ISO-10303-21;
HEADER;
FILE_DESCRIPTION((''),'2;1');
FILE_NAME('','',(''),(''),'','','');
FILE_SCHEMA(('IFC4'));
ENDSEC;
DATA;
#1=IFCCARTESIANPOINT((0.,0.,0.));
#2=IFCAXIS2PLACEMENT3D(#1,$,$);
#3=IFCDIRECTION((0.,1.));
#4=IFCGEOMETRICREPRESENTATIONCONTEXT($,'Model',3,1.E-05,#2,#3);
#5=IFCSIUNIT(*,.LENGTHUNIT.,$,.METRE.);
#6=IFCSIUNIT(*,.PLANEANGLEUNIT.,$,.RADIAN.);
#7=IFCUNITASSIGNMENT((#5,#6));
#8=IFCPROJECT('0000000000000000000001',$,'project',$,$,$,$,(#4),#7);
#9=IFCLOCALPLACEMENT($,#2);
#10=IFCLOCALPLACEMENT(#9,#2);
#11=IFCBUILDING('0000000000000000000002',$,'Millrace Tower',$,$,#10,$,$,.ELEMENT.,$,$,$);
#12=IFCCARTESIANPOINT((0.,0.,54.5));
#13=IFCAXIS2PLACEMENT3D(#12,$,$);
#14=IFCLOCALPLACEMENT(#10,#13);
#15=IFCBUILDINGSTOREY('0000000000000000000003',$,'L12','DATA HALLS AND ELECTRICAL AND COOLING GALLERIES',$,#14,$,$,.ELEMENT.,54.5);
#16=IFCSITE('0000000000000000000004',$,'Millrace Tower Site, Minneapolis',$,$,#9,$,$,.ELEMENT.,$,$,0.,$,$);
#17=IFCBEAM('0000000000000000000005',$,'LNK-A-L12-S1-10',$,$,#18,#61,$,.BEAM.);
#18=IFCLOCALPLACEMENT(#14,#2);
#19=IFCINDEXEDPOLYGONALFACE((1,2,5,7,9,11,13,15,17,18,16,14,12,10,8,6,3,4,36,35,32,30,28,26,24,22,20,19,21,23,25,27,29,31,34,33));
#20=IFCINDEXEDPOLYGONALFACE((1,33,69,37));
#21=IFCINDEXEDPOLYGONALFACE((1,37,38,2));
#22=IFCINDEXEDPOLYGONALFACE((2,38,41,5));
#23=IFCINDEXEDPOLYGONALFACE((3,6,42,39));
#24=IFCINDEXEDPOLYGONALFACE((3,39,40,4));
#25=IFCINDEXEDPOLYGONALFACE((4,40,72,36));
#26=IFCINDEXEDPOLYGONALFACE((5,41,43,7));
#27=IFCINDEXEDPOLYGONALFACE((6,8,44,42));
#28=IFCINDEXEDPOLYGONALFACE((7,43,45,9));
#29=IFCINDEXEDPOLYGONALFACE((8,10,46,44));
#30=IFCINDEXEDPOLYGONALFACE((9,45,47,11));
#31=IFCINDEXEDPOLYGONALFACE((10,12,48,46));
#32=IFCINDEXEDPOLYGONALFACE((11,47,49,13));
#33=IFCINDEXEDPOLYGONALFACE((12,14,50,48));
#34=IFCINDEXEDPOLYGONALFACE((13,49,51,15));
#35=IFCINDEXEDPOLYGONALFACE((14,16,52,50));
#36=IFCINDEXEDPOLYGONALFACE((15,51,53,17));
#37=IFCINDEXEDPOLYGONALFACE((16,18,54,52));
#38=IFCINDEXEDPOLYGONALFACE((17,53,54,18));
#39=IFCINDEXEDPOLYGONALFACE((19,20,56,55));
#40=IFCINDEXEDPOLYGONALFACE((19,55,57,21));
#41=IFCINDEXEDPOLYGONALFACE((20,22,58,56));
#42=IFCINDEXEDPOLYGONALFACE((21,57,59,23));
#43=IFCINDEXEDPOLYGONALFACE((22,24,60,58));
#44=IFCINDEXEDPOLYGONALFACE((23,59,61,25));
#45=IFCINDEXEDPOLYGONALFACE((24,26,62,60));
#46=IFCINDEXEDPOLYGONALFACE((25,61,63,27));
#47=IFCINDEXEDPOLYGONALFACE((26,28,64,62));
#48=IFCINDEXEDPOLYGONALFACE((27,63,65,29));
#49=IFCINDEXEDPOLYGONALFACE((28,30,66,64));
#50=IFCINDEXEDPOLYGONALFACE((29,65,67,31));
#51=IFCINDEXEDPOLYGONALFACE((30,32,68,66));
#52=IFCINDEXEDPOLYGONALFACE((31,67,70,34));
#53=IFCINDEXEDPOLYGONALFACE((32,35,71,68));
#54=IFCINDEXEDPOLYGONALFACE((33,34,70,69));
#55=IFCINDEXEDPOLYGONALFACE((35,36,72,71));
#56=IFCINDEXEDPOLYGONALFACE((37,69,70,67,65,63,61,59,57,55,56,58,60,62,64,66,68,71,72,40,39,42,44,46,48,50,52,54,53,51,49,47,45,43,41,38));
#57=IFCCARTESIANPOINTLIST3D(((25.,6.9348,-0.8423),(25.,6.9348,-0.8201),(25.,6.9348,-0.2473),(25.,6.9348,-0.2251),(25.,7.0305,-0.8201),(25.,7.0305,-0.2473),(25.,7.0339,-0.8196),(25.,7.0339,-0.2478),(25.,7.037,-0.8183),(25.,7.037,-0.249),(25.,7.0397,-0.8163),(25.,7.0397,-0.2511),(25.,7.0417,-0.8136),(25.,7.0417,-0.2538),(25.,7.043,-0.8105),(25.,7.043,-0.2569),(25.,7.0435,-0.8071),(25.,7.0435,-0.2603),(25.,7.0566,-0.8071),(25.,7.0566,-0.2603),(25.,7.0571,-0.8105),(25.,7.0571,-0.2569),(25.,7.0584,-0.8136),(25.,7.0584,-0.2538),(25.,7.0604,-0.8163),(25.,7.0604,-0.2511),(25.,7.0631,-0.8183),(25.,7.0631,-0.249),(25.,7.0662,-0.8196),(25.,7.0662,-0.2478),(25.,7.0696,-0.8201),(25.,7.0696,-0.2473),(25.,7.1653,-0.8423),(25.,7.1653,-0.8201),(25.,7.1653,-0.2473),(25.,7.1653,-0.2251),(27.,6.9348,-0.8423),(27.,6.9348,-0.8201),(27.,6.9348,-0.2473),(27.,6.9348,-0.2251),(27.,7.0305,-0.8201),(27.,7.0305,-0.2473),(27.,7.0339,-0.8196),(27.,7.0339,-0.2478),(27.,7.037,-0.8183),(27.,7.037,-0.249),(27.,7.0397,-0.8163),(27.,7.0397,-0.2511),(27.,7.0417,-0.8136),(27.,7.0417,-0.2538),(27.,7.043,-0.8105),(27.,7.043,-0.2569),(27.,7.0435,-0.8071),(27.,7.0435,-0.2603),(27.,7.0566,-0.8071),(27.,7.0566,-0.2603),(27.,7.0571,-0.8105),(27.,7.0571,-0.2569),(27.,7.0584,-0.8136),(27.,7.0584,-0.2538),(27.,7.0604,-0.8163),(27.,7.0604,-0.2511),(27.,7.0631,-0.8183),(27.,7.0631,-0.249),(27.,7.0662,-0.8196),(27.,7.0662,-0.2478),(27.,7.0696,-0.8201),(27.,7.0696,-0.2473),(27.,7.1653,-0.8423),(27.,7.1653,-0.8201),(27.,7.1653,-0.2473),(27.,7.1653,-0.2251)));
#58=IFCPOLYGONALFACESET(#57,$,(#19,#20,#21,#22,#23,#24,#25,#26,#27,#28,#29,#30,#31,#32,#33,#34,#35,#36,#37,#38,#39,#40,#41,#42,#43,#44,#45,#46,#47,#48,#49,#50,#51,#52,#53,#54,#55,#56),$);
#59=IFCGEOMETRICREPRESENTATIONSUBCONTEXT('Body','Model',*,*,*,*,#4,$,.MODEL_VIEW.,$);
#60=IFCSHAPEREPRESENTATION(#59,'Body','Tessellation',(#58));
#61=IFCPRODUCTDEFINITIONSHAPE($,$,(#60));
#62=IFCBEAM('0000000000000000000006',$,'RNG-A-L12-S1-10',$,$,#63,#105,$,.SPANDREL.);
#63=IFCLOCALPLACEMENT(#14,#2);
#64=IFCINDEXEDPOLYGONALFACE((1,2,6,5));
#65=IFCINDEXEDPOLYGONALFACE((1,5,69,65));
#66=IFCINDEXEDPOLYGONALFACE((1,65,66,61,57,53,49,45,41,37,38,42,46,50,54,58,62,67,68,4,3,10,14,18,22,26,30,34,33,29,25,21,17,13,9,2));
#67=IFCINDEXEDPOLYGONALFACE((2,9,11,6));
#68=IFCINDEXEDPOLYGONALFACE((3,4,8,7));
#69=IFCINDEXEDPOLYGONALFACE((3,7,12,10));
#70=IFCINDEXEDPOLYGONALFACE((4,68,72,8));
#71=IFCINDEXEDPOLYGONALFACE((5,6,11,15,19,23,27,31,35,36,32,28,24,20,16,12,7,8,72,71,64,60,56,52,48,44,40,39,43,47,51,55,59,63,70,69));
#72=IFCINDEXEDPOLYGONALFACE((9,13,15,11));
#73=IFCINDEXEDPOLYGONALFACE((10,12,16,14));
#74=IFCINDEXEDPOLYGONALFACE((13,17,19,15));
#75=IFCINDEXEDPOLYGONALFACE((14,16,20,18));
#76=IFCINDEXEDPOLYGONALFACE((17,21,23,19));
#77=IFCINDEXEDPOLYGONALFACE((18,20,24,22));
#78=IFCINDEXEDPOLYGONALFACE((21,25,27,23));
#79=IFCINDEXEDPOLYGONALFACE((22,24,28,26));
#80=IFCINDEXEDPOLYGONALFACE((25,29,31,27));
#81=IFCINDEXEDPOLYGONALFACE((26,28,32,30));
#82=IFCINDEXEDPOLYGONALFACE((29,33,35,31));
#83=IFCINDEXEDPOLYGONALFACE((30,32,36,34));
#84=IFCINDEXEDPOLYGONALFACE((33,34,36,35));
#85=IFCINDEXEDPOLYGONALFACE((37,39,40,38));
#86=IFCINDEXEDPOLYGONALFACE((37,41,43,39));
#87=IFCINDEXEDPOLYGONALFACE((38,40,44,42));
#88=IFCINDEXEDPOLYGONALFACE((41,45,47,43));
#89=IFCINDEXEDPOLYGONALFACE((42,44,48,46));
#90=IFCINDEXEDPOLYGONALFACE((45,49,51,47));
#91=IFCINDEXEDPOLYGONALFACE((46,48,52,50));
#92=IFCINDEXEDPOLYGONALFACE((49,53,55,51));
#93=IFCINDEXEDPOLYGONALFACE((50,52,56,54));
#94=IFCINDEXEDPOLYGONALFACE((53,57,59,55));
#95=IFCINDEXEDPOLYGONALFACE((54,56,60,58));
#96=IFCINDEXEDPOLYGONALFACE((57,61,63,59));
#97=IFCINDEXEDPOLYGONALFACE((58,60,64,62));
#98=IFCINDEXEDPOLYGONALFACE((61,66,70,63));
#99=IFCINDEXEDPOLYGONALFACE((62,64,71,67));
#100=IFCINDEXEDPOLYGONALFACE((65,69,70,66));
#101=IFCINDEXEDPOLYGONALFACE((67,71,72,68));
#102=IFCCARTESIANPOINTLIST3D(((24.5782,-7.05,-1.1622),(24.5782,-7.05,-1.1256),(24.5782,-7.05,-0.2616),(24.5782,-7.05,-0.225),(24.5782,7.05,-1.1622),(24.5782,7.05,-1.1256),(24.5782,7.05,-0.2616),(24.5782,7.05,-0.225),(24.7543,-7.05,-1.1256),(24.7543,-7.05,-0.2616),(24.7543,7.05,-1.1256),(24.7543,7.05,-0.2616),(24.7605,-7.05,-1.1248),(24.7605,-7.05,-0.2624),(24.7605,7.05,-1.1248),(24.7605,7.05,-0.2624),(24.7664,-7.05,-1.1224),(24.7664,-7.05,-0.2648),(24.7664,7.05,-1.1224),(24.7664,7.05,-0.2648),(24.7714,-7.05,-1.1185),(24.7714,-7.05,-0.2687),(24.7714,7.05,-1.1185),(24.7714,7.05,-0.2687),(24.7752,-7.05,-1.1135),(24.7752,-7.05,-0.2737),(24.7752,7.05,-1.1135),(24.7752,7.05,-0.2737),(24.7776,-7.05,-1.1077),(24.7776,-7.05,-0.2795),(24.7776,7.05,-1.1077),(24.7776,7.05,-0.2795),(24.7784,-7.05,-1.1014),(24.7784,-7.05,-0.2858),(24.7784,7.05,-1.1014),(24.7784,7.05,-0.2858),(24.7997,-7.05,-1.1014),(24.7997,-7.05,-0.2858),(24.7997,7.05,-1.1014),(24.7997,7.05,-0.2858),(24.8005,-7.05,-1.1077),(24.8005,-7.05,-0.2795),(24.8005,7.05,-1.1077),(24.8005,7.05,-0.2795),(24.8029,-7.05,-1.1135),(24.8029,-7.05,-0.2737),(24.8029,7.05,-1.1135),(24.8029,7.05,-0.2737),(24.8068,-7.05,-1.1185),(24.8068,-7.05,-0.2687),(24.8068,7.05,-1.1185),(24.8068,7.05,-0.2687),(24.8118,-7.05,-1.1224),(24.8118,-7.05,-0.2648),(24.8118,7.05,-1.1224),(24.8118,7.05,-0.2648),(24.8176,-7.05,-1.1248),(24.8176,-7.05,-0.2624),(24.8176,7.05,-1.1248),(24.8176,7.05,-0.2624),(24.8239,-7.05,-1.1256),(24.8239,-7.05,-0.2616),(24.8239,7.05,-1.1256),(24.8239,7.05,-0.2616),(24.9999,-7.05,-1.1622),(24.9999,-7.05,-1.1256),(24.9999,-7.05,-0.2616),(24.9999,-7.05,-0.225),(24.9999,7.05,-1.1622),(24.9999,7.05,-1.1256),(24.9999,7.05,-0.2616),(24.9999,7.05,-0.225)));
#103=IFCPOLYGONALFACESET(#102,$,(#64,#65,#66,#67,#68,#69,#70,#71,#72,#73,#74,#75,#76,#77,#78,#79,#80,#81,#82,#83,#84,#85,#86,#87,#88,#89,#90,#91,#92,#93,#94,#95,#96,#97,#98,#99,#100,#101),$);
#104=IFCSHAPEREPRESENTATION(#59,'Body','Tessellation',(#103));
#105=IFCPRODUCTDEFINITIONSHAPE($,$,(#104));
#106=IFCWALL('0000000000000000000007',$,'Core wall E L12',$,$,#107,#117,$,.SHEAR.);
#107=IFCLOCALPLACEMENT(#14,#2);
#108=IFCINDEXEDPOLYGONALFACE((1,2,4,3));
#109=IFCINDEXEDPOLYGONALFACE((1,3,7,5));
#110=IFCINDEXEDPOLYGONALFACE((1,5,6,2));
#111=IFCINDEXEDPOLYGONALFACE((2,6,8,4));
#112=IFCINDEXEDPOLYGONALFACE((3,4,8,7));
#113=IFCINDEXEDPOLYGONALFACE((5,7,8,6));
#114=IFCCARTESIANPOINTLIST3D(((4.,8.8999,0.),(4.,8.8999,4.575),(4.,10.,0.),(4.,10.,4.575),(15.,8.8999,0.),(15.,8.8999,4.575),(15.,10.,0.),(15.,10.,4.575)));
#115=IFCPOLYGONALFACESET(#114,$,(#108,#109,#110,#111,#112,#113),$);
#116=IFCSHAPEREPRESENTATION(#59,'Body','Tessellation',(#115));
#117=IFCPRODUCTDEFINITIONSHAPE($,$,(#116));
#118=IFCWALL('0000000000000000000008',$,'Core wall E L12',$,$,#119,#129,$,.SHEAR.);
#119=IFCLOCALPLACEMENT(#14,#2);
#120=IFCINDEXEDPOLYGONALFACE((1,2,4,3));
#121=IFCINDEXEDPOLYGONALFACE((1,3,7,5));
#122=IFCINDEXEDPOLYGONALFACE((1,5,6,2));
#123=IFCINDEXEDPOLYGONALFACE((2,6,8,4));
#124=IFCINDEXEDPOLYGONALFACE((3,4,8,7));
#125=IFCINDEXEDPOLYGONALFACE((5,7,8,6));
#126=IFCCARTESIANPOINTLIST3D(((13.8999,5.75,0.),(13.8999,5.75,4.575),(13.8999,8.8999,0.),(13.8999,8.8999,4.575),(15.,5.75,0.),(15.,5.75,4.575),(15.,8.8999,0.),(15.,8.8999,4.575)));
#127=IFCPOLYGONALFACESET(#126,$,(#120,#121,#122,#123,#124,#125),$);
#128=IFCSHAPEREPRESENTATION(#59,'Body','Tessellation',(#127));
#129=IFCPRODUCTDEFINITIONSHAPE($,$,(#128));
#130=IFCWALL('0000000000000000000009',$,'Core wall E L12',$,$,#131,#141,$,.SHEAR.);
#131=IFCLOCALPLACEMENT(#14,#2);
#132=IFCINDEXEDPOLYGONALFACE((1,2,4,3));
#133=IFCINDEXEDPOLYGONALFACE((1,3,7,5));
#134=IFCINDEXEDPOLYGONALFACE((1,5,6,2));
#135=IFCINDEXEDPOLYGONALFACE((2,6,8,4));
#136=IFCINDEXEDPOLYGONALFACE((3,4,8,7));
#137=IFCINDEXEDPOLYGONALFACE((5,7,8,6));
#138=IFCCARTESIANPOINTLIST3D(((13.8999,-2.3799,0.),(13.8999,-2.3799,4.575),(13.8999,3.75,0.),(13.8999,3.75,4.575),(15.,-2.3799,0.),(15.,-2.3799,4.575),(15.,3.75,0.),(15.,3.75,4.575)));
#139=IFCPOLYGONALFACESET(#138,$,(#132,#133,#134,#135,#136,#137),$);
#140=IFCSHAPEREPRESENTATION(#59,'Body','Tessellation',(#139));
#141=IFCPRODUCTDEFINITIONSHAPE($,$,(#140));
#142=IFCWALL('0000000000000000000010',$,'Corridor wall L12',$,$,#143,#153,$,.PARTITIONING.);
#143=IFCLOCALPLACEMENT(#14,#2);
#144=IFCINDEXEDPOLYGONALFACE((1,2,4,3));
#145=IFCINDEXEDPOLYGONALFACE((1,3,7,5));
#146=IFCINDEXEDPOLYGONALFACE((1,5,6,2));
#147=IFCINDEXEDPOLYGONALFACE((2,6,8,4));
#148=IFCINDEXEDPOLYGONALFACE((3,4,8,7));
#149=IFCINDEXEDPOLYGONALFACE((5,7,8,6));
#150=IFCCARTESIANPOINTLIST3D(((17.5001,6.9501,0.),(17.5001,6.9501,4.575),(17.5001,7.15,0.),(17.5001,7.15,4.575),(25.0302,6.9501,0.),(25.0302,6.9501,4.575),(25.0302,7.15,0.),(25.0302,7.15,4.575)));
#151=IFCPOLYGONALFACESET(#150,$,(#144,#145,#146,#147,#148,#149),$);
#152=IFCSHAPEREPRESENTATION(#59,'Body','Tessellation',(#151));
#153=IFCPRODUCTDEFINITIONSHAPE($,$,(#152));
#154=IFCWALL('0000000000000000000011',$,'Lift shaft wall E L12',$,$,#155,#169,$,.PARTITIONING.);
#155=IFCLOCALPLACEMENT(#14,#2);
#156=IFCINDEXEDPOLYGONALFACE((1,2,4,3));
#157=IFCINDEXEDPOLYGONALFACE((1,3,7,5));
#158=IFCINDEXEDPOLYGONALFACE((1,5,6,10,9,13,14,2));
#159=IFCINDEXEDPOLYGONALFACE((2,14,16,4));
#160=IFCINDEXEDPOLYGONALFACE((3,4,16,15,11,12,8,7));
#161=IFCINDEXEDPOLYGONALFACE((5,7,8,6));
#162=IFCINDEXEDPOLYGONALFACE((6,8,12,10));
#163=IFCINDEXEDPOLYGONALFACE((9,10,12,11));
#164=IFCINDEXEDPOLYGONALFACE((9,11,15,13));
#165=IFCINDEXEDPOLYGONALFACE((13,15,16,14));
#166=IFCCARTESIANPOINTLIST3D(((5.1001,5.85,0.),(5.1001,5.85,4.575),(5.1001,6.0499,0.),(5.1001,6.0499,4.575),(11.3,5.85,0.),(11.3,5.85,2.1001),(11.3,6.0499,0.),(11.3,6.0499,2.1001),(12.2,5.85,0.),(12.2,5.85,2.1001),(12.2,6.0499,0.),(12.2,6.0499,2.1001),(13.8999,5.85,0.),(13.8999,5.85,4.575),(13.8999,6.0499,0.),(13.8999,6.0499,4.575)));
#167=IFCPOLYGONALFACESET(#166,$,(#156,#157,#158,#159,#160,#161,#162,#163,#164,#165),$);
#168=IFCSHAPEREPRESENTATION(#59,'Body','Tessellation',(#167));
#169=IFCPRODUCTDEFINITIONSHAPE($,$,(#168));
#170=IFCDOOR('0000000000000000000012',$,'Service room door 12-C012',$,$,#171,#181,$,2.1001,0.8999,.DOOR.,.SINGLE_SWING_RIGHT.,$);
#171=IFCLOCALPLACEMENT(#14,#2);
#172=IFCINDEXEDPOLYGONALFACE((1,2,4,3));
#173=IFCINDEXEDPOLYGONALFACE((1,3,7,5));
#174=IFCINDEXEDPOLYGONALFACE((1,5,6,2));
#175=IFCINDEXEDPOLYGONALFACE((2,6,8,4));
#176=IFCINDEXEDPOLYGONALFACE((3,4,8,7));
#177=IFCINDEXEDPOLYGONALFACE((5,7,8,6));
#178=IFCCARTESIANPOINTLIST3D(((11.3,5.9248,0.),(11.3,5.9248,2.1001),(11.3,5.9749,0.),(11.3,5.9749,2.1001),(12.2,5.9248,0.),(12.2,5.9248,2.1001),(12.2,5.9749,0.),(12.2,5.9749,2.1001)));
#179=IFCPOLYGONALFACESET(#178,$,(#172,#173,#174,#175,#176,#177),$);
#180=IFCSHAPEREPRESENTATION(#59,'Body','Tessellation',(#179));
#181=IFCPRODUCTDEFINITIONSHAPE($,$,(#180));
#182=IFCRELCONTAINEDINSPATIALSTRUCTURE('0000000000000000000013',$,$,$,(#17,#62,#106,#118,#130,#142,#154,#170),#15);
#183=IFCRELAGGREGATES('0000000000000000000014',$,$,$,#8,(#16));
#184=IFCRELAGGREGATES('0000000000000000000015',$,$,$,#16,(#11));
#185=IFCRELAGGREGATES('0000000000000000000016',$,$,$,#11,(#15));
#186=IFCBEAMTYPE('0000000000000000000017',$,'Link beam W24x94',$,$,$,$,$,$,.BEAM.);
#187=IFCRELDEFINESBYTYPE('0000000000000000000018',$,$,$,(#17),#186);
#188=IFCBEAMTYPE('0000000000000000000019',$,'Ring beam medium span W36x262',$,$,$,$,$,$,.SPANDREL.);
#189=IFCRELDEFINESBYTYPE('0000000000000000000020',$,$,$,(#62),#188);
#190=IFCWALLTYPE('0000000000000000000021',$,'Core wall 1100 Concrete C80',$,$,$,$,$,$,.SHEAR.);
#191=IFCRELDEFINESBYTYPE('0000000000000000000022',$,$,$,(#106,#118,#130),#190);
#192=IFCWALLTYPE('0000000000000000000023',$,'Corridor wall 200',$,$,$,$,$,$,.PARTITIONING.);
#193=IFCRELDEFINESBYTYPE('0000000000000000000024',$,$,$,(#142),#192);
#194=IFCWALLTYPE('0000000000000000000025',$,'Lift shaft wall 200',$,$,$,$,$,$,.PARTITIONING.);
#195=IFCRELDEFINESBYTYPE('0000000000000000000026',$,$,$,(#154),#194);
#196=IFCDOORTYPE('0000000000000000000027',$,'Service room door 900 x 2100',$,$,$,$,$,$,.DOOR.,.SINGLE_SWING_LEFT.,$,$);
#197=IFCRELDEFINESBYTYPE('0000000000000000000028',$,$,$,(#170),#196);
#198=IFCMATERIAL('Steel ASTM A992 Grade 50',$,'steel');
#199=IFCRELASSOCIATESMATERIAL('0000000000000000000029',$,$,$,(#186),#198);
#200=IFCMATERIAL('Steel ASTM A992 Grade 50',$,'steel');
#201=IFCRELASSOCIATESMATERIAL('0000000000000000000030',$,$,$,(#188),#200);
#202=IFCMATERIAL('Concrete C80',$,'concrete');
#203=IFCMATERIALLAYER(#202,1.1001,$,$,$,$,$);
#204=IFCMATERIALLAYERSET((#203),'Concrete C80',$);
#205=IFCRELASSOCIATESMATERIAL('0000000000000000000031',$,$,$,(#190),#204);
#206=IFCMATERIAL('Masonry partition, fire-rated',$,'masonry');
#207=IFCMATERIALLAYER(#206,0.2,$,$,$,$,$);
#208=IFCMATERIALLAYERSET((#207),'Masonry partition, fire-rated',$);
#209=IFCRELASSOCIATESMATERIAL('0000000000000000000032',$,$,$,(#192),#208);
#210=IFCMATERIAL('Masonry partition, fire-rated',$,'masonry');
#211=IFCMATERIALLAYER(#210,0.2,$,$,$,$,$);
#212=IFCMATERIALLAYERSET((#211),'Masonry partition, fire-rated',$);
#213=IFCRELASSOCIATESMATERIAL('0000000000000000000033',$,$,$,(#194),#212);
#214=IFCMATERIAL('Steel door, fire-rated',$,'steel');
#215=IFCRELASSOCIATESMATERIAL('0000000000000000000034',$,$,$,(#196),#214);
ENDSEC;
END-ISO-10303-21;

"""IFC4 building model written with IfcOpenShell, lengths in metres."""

from ifc_helpers import new_model, si_unit, direction, frame, frame_2d, origin, origin_2d, place, context, subcontext, project, spatial, rectangle, i_section, extrude, material, layer, layer_set, material_profile, profile_set, type_object, element, fill, save


model = new_model("IFC4")

# Units and contexts
model_context = context("Model", 3, precision=1e-05, world=origin(), true_north=direction((0.0, 1.0)))
body_context = subcontext(model_context, "Body", "Model", "MODEL_VIEW")
ifc_project = project(units=[si_unit("LENGTHUNIT", "METRE"), si_unit("PLANEANGLEUNIT", "RADIAN")], contexts=[model_context])

# Site, building, storey
site_placement = place(None, origin())
site = spatial("IfcSite", under=ifc_project, at=site_placement, Name="Millrace Tower Site, Minneapolis", CompositionType="ELEMENT", RefElevation=0.0)
building_placement = place(site_placement, origin())
building = spatial("IfcBuilding", under=site, at=building_placement, Name="Millrace Tower", CompositionType="ELEMENT")
storey_placement = place(building_placement, frame((0.0, 0.0, 54.5)))
storey = spatial("IfcBuildingStorey", under=building, at=storey_placement, Name="L12", Description="DATA HALLS AND ELECTRICAL AND COOLING GALLERIES", CompositionType="ELEMENT", Elevation=54.5)

# Beams
ifc_material_1 = material(Name="Steel ASTM A992 Grade 50", Category="steel")
ifc_material_profile_1 = material_profile(ifc_material_1, i_section(OverallWidth=0.2305, OverallDepth=0.6172, WebThickness=0.0132, FlangeThickness=0.0222, FilletRadius=0.0129, at=origin_2d()))
ifc_profile_set_1 = profile_set([ifc_material_profile_1], Name="Steel ASTM A992 Grade 50")
beam_type_1 = type_object("IfcBeamType", Name="Link beam W24x94", PredefinedType="BEAM", material=ifc_profile_set_1)
beam_1_placement = place(storey_placement, frame((25.0, 7.05, -0.5337), z_axis=(1.0, 0.0, 0.0), x_axis=(0.0, 1.0, 0.0)))
element("IfcBeam", 1, at=beam_1_placement, inside=storey, type_object=beam_type_1, Name="LNK-A-L12-S1-10", PredefinedType="BEAM", context=body_context, shape_type="SweptSolid", body=[
    extrude(i_section(OverallWidth=0.2305, OverallDepth=0.6172, WebThickness=0.0132, FlangeThickness=0.0222, FilletRadius=0.0129, at=origin_2d()), origin(), (0.0, 0.0, 1.0), 2.0),
])
ifc_material_2 = material(Name="Steel ASTM A992 Grade 50", Category="steel")
ifc_material_profile_2 = material_profile(ifc_material_2, i_section(OverallWidth=0.4216, OverallDepth=0.9373, WebThickness=0.0212, FlangeThickness=0.0366, FilletRadius=0.0242, at=origin_2d()))
ifc_profile_set_2 = profile_set([ifc_material_profile_2], Name="Steel ASTM A992 Grade 50")
beam_type_2 = type_object("IfcBeamType", Name="Ring beam medium span W36x262", PredefinedType="SPANDREL", material=ifc_profile_set_2)
beam_2_placement = place(storey_placement, frame((24.7891, 7.05, -0.6936), z_axis=(0.0, -1.0, 0.0), x_axis=(1.0, 0.0, 0.0)))
element("IfcBeam", 2, at=beam_2_placement, inside=storey, type_object=beam_type_2, Name="RNG-A-L12-S1-10", PredefinedType="SPANDREL", context=body_context, shape_type="SweptSolid", body=[
    extrude(i_section(OverallWidth=0.4216, OverallDepth=0.9373, WebThickness=0.0212, FlangeThickness=0.0366, FilletRadius=0.0242, at=origin_2d()), origin(), (0.0, 0.0, 1.0), 14.1001),
])

# Walls
ifc_material_3 = material(Name="Concrete C80", Category="concrete")
ifc_layer_1 = layer(ifc_material_3, 1.1001)
ifc_layer_set_1 = layer_set([ifc_layer_1], Name="Concrete C80")
wall_type_1 = type_object("IfcWallType", Name="Core wall 1100 Concrete C80", PredefinedType="SHEAR", material=ifc_layer_set_1)
wall_1_placement = place(storey_placement, frame((15.0, 9.45, 0.0), z_axis=(0.0, 0.0, 1.0), x_axis=(-1.0, 0.0, 0.0)))
element("IfcWall", 3, at=wall_1_placement, inside=storey, type_object=wall_type_1, Name="Core wall E L12", PredefinedType="SHEAR", context=body_context, shape_type="SweptSolid", body=[
    extrude(rectangle(XDim=11.0, YDim=1.1001, at=frame_2d((5.5, 0.0))), origin(), (0.0, 0.0, 1.0), 4.575),
])
wall_2_placement = place(storey_placement, frame((14.45, 8.8999, 0.0), z_axis=(0.0, 0.0, 1.0), x_axis=(0.0, -1.0, 0.0)))
element("IfcWall", 4, at=wall_2_placement, inside=storey, type_object=wall_type_1, Name="Core wall E L12", PredefinedType="SHEAR", context=body_context, shape_type="SweptSolid", body=[
    extrude(rectangle(XDim=3.1499, YDim=1.1001, at=frame_2d((1.575, 0.0))), origin(), (0.0, 0.0, 1.0), 4.575),
])
wall_3_placement = place(storey_placement, frame((14.45, 3.75, 0.0), z_axis=(0.0, 0.0, 1.0), x_axis=(0.0, -1.0, 0.0)))
element("IfcWall", 5, at=wall_3_placement, inside=storey, type_object=wall_type_1, Name="Core wall E L12", PredefinedType="SHEAR", context=body_context, shape_type="SweptSolid", body=[
    extrude(rectangle(XDim=6.1299, YDim=1.1001, at=frame_2d((3.0649, 0.0))), origin(), (0.0, 0.0, 1.0), 4.575),
])
ifc_material_4 = material(Name="Masonry partition, fire-rated", Category="masonry")
ifc_layer_2 = layer(ifc_material_4, 0.2)
ifc_layer_set_2 = layer_set([ifc_layer_2], Name="Masonry partition, fire-rated")
wall_type_2 = type_object("IfcWallType", Name="Corridor wall 200", PredefinedType="PARTITIONING", material=ifc_layer_set_2)
wall_4_placement = place(storey_placement, frame((17.5, 7.05, 0.0), z_axis=(0.0, 0.0, 1.0), x_axis=(1.0, 0.0, 0.0)))
element("IfcWall", 6, at=wall_4_placement, inside=storey, type_object=wall_type_2, Name="Corridor wall L12", PredefinedType="PARTITIONING", context=body_context, shape_type="SweptSolid", body=[
    extrude(rectangle(XDim=7.53, YDim=0.2, at=frame_2d((3.7651, 0.0))), origin(), (0.0, 0.0, 1.0), 4.575),
])

# Wall, opening, door
ifc_material_5 = material(Name="Masonry partition, fire-rated", Category="masonry")
ifc_layer_3 = layer(ifc_material_5, 0.2)
ifc_layer_set_3 = layer_set([ifc_layer_3], Name="Masonry partition, fire-rated")
wall_type_3 = type_object("IfcWallType", Name="Lift shaft wall 200", PredefinedType="PARTITIONING", material=ifc_layer_set_3)
wall_5_placement = place(storey_placement, frame((13.8999, 5.95, 0.0), z_axis=(0.0, 0.0, 1.0), x_axis=(-1.0, 0.0, 0.0)))
wall_5 = element("IfcWall", 7, at=wall_5_placement, inside=storey, type_object=wall_type_3, Name="Lift shaft wall E L12", PredefinedType="PARTITIONING", context=body_context, shape_type="SweptSolid", body=[
    extrude(rectangle(XDim=8.7998, YDim=0.2, at=frame_2d((4.3999, 0.0))), origin(), (0.0, 0.0, 1.0), 4.575),
])
opening_1_placement = place(wall_5_placement, frame((1.7, 0.0, 0.0)))
opening_1 = element("IfcOpeningElement", 8, at=opening_1_placement, cuts=wall_5, PredefinedType="OPENING", context=body_context, shape_type="SweptSolid", body=[
    extrude(rectangle(XDim=0.8999, YDim=2.1001, at=frame_2d((0.45, 1.05))), frame((0.0, 0.1099, 0.0), z_axis=(0.0, -1.0, 0.0), x_axis=(1.0, 0.0, 0.0)), (0.0, 0.0, 1.0), 0.22),
])
ifc_material_6 = material(Name="Steel door, fire-rated", Category="steel")
door_type_1 = type_object("IfcDoorType", Name="Service room door 900 x 2100", OperationType="SINGLE_SWING_LEFT", PredefinedType="DOOR", material=ifc_material_6)
door_1_placement = place(opening_1_placement, frame((0.8999, 0.0, 0.0), z_axis=(0.0, 0.0, 1.0), x_axis=(-1.0, 0.0, 0.0)))
door_1 = element("IfcDoor", 9, at=door_1_placement, inside=storey, type_object=door_type_1, Name="Service room door 12-C012", OperationType="SINGLE_SWING_RIGHT", OverallHeight=2.1001, OverallWidth=0.8999, PredefinedType="DOOR", context=body_context, shape_type="SweptSolid", body=[
    extrude(rectangle(XDim=0.8999, YDim=2.1001, at=frame_2d((0.45, 1.05))), frame((0.0, 0.0249, 0.0), z_axis=(0.0, -1.0, 0.0), x_axis=(1.0, 0.0, 0.0)), (0.0, 0.0, 1.0), 0.05),
])
fill(opening_1, door_1)

save(model, "model.ifc")
